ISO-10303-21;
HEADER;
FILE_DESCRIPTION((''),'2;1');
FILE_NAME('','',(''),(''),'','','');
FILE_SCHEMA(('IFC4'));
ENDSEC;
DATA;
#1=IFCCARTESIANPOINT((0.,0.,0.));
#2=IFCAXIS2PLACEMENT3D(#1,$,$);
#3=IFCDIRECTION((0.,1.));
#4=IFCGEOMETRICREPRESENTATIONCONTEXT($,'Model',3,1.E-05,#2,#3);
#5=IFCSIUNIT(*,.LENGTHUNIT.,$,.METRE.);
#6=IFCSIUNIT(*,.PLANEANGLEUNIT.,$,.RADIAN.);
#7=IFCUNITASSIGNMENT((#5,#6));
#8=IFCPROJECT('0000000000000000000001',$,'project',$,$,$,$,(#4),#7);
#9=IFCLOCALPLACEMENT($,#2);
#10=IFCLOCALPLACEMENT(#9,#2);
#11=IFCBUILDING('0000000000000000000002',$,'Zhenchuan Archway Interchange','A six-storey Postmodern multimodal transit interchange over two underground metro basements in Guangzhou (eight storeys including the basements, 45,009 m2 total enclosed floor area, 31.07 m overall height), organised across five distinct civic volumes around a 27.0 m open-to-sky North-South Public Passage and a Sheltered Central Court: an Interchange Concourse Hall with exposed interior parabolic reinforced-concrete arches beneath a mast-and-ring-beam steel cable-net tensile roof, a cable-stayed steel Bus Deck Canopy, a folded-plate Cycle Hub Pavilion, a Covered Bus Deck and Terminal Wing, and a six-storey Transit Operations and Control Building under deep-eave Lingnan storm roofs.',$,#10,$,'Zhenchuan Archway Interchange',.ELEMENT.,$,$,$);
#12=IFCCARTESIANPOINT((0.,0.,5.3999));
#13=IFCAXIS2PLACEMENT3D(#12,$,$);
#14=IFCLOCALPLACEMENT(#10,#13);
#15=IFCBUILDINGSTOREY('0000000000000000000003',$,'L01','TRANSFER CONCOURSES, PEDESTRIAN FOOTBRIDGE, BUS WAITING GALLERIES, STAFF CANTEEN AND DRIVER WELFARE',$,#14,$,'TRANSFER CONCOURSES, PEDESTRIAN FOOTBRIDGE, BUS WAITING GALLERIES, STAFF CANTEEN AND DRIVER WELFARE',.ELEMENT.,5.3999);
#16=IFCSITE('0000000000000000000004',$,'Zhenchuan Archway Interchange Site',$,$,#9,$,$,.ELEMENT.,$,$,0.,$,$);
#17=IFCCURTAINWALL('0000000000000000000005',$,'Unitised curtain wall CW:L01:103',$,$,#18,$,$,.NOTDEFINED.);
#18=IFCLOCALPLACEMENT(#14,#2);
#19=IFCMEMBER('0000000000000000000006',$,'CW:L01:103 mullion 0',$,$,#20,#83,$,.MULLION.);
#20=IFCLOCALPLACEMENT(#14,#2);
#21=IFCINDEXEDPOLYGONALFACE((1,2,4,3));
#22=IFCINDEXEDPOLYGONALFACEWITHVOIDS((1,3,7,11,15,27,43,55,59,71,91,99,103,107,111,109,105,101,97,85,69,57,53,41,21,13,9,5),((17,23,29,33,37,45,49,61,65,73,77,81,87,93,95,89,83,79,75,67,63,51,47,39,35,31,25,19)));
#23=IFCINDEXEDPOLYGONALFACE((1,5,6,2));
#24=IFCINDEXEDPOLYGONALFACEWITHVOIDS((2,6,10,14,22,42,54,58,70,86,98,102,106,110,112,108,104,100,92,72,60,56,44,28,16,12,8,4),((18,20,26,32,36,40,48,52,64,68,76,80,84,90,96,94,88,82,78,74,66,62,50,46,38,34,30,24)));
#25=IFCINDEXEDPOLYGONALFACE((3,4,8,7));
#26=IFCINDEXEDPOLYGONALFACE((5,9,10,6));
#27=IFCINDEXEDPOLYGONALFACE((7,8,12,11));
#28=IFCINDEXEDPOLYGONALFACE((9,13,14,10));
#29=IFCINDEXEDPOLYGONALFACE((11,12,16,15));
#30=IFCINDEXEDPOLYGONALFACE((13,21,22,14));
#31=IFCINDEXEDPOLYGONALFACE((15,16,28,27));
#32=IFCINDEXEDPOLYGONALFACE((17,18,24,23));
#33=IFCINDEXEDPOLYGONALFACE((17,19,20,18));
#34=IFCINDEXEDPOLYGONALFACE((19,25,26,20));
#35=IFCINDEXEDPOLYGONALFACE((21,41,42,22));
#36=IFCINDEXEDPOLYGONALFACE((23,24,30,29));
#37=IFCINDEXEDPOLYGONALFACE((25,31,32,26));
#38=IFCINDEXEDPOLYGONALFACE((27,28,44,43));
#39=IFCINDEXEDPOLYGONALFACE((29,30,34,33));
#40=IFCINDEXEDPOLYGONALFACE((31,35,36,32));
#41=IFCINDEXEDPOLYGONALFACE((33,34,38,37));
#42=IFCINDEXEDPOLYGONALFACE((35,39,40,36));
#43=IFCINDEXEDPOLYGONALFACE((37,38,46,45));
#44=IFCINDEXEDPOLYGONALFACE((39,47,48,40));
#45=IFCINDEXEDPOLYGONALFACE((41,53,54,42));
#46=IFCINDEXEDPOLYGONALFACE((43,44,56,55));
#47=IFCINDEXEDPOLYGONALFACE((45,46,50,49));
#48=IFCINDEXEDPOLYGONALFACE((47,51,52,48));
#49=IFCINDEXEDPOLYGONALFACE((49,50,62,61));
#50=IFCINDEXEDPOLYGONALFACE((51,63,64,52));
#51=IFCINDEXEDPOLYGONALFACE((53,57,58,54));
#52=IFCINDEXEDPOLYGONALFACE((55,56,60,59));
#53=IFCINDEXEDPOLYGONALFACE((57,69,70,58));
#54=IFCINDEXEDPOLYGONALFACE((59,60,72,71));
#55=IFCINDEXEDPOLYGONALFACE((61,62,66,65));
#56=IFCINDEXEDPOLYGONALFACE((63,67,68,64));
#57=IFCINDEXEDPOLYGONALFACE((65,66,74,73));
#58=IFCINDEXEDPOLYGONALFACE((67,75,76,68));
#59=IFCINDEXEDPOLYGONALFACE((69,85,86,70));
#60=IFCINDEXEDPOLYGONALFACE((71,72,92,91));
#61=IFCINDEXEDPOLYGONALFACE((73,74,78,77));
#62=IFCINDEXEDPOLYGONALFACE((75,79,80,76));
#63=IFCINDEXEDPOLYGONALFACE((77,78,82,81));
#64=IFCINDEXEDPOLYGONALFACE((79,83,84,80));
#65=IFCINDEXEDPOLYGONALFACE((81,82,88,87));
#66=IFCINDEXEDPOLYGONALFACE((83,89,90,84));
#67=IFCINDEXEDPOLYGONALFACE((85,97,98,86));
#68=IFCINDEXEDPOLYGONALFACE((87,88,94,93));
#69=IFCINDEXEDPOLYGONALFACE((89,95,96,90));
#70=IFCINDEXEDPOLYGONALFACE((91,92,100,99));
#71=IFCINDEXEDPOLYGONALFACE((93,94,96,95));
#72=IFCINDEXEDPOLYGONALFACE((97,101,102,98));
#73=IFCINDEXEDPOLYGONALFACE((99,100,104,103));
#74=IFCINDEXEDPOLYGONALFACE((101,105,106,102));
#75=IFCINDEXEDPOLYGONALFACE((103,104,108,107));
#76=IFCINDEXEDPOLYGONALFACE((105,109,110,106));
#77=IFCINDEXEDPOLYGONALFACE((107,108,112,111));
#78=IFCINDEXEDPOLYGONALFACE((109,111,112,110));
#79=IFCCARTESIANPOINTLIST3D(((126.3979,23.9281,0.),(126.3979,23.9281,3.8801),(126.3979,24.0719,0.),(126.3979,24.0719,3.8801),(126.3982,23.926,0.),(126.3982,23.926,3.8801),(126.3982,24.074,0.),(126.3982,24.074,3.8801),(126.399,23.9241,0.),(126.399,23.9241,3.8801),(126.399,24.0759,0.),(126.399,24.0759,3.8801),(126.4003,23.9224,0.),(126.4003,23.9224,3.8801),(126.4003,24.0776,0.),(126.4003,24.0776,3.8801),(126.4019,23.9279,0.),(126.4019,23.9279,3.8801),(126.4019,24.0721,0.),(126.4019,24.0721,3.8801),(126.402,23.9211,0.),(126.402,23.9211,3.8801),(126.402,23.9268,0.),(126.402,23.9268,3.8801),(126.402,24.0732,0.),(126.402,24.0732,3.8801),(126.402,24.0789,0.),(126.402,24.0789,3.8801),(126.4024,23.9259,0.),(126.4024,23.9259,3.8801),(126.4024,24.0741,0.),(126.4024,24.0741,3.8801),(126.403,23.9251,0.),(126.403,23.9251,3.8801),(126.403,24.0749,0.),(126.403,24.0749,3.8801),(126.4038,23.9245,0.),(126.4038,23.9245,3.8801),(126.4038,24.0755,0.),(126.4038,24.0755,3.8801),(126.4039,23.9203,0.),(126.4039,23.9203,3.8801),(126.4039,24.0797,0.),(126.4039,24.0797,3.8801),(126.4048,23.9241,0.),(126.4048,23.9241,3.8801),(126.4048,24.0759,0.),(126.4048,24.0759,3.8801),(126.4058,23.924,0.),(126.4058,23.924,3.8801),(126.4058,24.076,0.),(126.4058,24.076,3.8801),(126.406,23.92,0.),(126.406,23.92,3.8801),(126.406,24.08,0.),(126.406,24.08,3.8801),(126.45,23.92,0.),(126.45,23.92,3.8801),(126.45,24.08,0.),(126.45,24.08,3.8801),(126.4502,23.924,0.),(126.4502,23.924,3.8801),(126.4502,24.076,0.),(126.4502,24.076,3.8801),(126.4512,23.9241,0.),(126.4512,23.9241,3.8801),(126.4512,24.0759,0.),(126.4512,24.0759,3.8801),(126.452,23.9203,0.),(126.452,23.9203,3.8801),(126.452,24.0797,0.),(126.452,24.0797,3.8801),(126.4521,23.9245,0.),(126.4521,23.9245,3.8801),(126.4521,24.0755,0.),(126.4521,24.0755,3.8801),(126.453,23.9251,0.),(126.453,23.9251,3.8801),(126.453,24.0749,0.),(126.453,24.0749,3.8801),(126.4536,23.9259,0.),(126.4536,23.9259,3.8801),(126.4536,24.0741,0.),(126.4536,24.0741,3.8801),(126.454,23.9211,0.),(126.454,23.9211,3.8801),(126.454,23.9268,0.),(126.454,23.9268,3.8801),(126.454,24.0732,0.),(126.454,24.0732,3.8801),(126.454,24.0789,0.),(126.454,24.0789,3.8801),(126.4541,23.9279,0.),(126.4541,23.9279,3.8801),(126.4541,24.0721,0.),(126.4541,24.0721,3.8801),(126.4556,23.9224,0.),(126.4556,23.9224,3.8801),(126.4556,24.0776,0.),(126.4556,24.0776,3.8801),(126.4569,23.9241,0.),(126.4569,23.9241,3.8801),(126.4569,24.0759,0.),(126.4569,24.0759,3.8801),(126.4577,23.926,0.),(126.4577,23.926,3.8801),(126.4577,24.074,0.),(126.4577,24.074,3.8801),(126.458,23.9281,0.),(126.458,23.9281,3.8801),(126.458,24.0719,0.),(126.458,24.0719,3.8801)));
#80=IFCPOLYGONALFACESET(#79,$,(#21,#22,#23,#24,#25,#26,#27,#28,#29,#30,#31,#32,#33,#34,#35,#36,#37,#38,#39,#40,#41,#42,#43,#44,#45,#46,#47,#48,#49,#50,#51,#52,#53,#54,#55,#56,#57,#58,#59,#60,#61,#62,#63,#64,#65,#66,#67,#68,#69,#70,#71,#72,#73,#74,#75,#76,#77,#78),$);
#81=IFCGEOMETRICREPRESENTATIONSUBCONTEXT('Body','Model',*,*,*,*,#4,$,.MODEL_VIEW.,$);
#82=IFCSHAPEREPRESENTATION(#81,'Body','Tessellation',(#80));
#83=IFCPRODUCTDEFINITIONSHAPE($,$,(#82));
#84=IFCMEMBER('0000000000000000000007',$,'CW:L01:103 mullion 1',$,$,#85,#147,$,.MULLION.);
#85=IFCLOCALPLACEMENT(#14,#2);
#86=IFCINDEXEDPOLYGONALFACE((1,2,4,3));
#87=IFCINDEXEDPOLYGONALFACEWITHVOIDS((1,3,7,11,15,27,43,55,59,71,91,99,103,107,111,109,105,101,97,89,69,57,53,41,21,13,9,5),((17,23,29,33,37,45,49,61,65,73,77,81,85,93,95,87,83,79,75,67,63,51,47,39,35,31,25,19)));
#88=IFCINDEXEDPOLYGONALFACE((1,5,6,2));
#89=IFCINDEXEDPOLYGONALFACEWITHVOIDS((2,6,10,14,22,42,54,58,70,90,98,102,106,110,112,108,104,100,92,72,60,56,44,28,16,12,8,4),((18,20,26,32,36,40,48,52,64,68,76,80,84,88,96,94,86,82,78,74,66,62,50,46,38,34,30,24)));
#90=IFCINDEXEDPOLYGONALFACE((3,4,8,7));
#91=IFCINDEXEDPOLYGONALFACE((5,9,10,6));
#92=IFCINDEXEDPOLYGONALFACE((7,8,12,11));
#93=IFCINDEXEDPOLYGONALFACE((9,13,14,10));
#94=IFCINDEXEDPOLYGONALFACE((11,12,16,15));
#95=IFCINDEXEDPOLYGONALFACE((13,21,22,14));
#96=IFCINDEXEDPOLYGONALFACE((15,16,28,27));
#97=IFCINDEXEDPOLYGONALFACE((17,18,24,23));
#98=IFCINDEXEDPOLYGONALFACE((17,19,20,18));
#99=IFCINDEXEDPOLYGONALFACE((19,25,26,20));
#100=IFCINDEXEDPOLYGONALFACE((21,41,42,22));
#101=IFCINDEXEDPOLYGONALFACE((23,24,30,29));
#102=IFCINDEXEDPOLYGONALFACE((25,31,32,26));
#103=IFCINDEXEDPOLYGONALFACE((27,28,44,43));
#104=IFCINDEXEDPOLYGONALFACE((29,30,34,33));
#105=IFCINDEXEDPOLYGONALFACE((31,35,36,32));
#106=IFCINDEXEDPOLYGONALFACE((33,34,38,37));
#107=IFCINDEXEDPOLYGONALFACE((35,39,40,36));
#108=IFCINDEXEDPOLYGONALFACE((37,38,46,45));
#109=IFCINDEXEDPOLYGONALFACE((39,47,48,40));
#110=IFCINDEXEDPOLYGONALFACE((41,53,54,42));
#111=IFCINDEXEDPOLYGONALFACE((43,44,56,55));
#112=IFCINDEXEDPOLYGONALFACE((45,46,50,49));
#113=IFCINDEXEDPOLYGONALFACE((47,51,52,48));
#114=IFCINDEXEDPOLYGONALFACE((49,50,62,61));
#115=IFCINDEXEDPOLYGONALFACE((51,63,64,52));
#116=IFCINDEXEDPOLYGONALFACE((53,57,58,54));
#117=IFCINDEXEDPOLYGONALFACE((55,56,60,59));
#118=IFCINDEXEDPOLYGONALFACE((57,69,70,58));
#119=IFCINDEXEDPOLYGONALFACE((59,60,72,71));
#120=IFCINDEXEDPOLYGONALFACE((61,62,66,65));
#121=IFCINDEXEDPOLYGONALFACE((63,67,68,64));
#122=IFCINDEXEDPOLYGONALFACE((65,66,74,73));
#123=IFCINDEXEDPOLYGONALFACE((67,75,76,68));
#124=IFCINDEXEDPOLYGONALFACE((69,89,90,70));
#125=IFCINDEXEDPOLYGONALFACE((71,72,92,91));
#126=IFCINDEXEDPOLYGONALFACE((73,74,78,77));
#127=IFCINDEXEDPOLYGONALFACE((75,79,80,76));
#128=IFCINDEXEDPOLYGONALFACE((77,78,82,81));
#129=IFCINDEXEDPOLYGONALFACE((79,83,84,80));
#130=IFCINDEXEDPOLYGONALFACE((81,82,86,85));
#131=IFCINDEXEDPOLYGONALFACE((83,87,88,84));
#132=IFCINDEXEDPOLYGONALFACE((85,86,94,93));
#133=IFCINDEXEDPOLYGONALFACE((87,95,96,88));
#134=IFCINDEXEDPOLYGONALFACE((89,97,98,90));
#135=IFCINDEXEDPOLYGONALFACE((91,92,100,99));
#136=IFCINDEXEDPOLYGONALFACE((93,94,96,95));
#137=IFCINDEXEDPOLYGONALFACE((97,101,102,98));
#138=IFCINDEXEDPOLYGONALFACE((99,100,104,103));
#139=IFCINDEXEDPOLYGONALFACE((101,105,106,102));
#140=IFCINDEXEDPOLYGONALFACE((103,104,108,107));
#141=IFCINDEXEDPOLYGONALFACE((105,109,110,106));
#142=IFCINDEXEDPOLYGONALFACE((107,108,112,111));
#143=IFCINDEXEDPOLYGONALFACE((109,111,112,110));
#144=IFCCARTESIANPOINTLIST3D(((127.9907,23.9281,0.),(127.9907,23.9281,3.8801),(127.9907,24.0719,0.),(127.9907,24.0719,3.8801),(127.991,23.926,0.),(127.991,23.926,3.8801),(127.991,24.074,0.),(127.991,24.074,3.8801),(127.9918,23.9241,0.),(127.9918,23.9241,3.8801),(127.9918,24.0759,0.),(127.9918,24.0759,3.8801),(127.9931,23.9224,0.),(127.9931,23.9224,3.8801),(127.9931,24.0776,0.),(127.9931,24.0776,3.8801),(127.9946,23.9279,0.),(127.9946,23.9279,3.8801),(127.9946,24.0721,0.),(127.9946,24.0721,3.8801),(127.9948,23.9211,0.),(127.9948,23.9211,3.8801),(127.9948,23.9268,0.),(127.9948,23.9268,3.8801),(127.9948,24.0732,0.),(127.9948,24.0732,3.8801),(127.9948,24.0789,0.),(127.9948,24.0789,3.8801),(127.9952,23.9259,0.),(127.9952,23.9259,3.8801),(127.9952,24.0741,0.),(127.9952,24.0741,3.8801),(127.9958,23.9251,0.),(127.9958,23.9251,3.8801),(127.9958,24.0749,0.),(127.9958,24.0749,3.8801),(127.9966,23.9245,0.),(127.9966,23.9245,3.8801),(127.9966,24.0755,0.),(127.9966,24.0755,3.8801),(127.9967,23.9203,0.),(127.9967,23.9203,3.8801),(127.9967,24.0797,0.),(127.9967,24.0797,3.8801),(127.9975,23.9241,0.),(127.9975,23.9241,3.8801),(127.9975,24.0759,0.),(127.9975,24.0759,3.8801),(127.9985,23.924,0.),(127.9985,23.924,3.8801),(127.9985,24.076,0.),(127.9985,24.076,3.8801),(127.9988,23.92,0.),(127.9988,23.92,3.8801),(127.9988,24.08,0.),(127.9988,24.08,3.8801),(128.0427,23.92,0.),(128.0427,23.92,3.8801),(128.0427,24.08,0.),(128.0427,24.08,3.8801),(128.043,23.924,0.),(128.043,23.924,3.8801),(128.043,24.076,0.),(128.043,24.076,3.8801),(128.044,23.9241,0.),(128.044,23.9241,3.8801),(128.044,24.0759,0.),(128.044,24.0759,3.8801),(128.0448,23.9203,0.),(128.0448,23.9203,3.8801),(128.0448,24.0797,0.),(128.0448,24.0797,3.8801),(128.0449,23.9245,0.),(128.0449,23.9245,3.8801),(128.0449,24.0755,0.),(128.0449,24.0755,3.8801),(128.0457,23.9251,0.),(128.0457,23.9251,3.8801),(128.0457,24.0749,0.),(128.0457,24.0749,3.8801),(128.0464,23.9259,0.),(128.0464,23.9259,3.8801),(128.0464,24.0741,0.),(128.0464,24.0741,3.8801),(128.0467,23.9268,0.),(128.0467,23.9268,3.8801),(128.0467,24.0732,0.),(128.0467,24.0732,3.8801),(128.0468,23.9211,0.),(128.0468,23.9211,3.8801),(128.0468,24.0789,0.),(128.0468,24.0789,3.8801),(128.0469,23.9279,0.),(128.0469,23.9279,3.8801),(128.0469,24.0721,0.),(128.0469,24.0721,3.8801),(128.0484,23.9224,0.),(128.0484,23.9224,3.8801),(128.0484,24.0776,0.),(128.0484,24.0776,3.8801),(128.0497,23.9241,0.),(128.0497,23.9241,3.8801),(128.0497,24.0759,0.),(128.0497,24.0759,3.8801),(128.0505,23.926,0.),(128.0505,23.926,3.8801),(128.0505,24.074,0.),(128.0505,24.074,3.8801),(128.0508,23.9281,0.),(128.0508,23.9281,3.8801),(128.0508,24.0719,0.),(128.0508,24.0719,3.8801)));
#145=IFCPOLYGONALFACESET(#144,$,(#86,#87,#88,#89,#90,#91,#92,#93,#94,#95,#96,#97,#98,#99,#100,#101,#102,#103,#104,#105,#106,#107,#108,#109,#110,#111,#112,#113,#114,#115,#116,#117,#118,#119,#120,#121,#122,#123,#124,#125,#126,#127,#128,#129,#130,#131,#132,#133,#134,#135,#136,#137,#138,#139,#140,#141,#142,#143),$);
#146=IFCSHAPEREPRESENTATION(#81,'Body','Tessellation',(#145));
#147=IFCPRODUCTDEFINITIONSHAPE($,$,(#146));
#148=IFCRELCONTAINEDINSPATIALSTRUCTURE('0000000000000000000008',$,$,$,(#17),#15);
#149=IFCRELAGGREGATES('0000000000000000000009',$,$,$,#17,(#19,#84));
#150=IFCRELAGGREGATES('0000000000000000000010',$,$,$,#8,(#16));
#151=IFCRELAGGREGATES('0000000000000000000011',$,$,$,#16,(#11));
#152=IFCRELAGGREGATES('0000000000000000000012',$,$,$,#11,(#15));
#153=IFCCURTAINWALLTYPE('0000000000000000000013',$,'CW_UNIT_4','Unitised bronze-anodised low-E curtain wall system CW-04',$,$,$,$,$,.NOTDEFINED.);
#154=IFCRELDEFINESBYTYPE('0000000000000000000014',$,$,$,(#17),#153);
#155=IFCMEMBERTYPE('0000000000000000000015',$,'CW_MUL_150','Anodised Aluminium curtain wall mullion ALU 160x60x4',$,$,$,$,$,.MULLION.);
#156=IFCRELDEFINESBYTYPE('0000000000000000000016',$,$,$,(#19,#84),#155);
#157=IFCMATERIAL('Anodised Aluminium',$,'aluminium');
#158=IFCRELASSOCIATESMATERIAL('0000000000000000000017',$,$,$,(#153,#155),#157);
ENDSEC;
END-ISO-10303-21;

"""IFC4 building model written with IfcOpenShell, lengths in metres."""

from ifc_helpers import new_model, si_unit, direction, frame, origin, origin_2d, place, context, subcontext, project, spatial, hollow_rectangle, extrude, material, material_profile, profile_set, type_object, element, aggregate, save


model = new_model("IFC4")

# Units and contexts
model_context = context("Model", 3, precision=1e-05, world=origin(), true_north=direction((0.0, 1.0)))
body_context = subcontext(model_context, "Body", "Model", "MODEL_VIEW")
ifc_project = project(units=[si_unit("LENGTHUNIT", "METRE"), si_unit("PLANEANGLEUNIT", "RADIAN")], contexts=[model_context])

# Site, building, storey
site_placement = place(None, origin())
site = spatial("IfcSite", under=ifc_project, at=site_placement, Name="Zhenchuan Archway Interchange Site", CompositionType="ELEMENT", RefElevation=0.0)
building_placement = place(site_placement, origin())
building = spatial("IfcBuilding", under=site, at=building_placement, Name="Zhenchuan Archway Interchange", Description="A six-storey Postmodern multimodal transit interchange over two underground metro basements in Guangzhou (eight storeys including the basements, 45,009 m2 total enclosed floor area, 31.07 m overall height), organised across five distinct civic volumes around a 27.0 m open-to-sky North-South Public Passage and a Sheltered Central Court: an Interchange Concourse Hall with exposed interior parabolic reinforced-concrete arches beneath a mast-and-ring-beam steel cable-net tensile roof, a cable-stayed steel Bus Deck Canopy, a folded-plate Cycle Hub Pavilion, a Covered Bus Deck and Terminal Wing, and a six-storey Transit Operations and Control Building under deep-eave Lingnan storm roofs.", LongName="Zhenchuan Archway Interchange", CompositionType="ELEMENT")
storey_placement = place(building_placement, frame((0.0, 0.0, 5.3999)))
storey = spatial("IfcBuildingStorey", under=building, at=storey_placement, Name="L01", Description="TRANSFER CONCOURSES, PEDESTRIAN FOOTBRIDGE, BUS WAITING GALLERIES, STAFF CANTEEN AND DRIVER WELFARE", LongName="TRANSFER CONCOURSES, PEDESTRIAN FOOTBRIDGE, BUS WAITING GALLERIES, STAFF CANTEEN AND DRIVER WELFARE", CompositionType="ELEMENT", Elevation=5.3999)

# Shared definitions
ifc_material_1 = material(Name="Anodised Aluminium", Category="aluminium")
curtain_wall_type = type_object("IfcCurtainWallType", Name="CW_UNIT_4", Description="Unitised bronze-anodised low-E curtain wall system CW-04", PredefinedType="NOTDEFINED", material=ifc_material_1)
ifc_material_profile_1 = material_profile(ifc_material_1, hollow_rectangle(XDim=0.0601, YDim=0.1599, WallThickness=0.0039, InnerFilletRadius=0.0039, OuterFilletRadius=0.0081, at=origin_2d()), Name="ALU 160x60x4")
ifc_profile_set_1 = profile_set([ifc_material_profile_1], Name="Anodised Aluminium")
member_type_1 = type_object("IfcMemberType", Name="CW_MUL_150", Description="Anodised Aluminium curtain wall mullion ALU 160x60x4", PredefinedType="MULLION", material=ifc_profile_set_1)

# Curtain wall, members
curtain_wall_1_placement = place(storey_placement, origin())
curtain_wall_1 = element("IfcCurtainWall", 1, at=curtain_wall_1_placement, inside=storey, type_object=curtain_wall_type, Name="Unitised curtain wall CW:L01:103", PredefinedType="NOTDEFINED")
member_1_placement = place(storey_placement, frame((126.428, 24.0, 0.0), z_axis=(0.0, 0.0, 1.0), x_axis=(1.0, 0.0, 0.0)))
member_1 = element("IfcMember", 2, at=member_1_placement, type_object=member_type_1, Name="CW:L01:103 mullion 0", PredefinedType="MULLION", context=body_context, shape_type="SweptSolid", body=[
    extrude(hollow_rectangle(XDim=0.0601, YDim=0.1599, WallThickness=0.0039, InnerFilletRadius=0.0039, OuterFilletRadius=0.0081, at=origin_2d()), origin(), (0.0, 0.0, 1.0), 3.8801),
])
member_2_placement = place(storey_placement, frame((128.0208, 24.0, 0.0), z_axis=(0.0, 0.0, 1.0), x_axis=(1.0, 0.0, 0.0)))
member_2 = element("IfcMember", 3, at=member_2_placement, type_object=member_type_1, Name="CW:L01:103 mullion 1", PredefinedType="MULLION", context=body_context, shape_type="SweptSolid", body=[
    extrude(hollow_rectangle(XDim=0.0601, YDim=0.1599, WallThickness=0.0039, InnerFilletRadius=0.0039, OuterFilletRadius=0.0081, at=origin_2d()), origin(), (0.0, 0.0, 1.0), 3.8801),
])

aggregate(curtain_wall_1, [member_1, member_2])

save(model, "model.ifc")
